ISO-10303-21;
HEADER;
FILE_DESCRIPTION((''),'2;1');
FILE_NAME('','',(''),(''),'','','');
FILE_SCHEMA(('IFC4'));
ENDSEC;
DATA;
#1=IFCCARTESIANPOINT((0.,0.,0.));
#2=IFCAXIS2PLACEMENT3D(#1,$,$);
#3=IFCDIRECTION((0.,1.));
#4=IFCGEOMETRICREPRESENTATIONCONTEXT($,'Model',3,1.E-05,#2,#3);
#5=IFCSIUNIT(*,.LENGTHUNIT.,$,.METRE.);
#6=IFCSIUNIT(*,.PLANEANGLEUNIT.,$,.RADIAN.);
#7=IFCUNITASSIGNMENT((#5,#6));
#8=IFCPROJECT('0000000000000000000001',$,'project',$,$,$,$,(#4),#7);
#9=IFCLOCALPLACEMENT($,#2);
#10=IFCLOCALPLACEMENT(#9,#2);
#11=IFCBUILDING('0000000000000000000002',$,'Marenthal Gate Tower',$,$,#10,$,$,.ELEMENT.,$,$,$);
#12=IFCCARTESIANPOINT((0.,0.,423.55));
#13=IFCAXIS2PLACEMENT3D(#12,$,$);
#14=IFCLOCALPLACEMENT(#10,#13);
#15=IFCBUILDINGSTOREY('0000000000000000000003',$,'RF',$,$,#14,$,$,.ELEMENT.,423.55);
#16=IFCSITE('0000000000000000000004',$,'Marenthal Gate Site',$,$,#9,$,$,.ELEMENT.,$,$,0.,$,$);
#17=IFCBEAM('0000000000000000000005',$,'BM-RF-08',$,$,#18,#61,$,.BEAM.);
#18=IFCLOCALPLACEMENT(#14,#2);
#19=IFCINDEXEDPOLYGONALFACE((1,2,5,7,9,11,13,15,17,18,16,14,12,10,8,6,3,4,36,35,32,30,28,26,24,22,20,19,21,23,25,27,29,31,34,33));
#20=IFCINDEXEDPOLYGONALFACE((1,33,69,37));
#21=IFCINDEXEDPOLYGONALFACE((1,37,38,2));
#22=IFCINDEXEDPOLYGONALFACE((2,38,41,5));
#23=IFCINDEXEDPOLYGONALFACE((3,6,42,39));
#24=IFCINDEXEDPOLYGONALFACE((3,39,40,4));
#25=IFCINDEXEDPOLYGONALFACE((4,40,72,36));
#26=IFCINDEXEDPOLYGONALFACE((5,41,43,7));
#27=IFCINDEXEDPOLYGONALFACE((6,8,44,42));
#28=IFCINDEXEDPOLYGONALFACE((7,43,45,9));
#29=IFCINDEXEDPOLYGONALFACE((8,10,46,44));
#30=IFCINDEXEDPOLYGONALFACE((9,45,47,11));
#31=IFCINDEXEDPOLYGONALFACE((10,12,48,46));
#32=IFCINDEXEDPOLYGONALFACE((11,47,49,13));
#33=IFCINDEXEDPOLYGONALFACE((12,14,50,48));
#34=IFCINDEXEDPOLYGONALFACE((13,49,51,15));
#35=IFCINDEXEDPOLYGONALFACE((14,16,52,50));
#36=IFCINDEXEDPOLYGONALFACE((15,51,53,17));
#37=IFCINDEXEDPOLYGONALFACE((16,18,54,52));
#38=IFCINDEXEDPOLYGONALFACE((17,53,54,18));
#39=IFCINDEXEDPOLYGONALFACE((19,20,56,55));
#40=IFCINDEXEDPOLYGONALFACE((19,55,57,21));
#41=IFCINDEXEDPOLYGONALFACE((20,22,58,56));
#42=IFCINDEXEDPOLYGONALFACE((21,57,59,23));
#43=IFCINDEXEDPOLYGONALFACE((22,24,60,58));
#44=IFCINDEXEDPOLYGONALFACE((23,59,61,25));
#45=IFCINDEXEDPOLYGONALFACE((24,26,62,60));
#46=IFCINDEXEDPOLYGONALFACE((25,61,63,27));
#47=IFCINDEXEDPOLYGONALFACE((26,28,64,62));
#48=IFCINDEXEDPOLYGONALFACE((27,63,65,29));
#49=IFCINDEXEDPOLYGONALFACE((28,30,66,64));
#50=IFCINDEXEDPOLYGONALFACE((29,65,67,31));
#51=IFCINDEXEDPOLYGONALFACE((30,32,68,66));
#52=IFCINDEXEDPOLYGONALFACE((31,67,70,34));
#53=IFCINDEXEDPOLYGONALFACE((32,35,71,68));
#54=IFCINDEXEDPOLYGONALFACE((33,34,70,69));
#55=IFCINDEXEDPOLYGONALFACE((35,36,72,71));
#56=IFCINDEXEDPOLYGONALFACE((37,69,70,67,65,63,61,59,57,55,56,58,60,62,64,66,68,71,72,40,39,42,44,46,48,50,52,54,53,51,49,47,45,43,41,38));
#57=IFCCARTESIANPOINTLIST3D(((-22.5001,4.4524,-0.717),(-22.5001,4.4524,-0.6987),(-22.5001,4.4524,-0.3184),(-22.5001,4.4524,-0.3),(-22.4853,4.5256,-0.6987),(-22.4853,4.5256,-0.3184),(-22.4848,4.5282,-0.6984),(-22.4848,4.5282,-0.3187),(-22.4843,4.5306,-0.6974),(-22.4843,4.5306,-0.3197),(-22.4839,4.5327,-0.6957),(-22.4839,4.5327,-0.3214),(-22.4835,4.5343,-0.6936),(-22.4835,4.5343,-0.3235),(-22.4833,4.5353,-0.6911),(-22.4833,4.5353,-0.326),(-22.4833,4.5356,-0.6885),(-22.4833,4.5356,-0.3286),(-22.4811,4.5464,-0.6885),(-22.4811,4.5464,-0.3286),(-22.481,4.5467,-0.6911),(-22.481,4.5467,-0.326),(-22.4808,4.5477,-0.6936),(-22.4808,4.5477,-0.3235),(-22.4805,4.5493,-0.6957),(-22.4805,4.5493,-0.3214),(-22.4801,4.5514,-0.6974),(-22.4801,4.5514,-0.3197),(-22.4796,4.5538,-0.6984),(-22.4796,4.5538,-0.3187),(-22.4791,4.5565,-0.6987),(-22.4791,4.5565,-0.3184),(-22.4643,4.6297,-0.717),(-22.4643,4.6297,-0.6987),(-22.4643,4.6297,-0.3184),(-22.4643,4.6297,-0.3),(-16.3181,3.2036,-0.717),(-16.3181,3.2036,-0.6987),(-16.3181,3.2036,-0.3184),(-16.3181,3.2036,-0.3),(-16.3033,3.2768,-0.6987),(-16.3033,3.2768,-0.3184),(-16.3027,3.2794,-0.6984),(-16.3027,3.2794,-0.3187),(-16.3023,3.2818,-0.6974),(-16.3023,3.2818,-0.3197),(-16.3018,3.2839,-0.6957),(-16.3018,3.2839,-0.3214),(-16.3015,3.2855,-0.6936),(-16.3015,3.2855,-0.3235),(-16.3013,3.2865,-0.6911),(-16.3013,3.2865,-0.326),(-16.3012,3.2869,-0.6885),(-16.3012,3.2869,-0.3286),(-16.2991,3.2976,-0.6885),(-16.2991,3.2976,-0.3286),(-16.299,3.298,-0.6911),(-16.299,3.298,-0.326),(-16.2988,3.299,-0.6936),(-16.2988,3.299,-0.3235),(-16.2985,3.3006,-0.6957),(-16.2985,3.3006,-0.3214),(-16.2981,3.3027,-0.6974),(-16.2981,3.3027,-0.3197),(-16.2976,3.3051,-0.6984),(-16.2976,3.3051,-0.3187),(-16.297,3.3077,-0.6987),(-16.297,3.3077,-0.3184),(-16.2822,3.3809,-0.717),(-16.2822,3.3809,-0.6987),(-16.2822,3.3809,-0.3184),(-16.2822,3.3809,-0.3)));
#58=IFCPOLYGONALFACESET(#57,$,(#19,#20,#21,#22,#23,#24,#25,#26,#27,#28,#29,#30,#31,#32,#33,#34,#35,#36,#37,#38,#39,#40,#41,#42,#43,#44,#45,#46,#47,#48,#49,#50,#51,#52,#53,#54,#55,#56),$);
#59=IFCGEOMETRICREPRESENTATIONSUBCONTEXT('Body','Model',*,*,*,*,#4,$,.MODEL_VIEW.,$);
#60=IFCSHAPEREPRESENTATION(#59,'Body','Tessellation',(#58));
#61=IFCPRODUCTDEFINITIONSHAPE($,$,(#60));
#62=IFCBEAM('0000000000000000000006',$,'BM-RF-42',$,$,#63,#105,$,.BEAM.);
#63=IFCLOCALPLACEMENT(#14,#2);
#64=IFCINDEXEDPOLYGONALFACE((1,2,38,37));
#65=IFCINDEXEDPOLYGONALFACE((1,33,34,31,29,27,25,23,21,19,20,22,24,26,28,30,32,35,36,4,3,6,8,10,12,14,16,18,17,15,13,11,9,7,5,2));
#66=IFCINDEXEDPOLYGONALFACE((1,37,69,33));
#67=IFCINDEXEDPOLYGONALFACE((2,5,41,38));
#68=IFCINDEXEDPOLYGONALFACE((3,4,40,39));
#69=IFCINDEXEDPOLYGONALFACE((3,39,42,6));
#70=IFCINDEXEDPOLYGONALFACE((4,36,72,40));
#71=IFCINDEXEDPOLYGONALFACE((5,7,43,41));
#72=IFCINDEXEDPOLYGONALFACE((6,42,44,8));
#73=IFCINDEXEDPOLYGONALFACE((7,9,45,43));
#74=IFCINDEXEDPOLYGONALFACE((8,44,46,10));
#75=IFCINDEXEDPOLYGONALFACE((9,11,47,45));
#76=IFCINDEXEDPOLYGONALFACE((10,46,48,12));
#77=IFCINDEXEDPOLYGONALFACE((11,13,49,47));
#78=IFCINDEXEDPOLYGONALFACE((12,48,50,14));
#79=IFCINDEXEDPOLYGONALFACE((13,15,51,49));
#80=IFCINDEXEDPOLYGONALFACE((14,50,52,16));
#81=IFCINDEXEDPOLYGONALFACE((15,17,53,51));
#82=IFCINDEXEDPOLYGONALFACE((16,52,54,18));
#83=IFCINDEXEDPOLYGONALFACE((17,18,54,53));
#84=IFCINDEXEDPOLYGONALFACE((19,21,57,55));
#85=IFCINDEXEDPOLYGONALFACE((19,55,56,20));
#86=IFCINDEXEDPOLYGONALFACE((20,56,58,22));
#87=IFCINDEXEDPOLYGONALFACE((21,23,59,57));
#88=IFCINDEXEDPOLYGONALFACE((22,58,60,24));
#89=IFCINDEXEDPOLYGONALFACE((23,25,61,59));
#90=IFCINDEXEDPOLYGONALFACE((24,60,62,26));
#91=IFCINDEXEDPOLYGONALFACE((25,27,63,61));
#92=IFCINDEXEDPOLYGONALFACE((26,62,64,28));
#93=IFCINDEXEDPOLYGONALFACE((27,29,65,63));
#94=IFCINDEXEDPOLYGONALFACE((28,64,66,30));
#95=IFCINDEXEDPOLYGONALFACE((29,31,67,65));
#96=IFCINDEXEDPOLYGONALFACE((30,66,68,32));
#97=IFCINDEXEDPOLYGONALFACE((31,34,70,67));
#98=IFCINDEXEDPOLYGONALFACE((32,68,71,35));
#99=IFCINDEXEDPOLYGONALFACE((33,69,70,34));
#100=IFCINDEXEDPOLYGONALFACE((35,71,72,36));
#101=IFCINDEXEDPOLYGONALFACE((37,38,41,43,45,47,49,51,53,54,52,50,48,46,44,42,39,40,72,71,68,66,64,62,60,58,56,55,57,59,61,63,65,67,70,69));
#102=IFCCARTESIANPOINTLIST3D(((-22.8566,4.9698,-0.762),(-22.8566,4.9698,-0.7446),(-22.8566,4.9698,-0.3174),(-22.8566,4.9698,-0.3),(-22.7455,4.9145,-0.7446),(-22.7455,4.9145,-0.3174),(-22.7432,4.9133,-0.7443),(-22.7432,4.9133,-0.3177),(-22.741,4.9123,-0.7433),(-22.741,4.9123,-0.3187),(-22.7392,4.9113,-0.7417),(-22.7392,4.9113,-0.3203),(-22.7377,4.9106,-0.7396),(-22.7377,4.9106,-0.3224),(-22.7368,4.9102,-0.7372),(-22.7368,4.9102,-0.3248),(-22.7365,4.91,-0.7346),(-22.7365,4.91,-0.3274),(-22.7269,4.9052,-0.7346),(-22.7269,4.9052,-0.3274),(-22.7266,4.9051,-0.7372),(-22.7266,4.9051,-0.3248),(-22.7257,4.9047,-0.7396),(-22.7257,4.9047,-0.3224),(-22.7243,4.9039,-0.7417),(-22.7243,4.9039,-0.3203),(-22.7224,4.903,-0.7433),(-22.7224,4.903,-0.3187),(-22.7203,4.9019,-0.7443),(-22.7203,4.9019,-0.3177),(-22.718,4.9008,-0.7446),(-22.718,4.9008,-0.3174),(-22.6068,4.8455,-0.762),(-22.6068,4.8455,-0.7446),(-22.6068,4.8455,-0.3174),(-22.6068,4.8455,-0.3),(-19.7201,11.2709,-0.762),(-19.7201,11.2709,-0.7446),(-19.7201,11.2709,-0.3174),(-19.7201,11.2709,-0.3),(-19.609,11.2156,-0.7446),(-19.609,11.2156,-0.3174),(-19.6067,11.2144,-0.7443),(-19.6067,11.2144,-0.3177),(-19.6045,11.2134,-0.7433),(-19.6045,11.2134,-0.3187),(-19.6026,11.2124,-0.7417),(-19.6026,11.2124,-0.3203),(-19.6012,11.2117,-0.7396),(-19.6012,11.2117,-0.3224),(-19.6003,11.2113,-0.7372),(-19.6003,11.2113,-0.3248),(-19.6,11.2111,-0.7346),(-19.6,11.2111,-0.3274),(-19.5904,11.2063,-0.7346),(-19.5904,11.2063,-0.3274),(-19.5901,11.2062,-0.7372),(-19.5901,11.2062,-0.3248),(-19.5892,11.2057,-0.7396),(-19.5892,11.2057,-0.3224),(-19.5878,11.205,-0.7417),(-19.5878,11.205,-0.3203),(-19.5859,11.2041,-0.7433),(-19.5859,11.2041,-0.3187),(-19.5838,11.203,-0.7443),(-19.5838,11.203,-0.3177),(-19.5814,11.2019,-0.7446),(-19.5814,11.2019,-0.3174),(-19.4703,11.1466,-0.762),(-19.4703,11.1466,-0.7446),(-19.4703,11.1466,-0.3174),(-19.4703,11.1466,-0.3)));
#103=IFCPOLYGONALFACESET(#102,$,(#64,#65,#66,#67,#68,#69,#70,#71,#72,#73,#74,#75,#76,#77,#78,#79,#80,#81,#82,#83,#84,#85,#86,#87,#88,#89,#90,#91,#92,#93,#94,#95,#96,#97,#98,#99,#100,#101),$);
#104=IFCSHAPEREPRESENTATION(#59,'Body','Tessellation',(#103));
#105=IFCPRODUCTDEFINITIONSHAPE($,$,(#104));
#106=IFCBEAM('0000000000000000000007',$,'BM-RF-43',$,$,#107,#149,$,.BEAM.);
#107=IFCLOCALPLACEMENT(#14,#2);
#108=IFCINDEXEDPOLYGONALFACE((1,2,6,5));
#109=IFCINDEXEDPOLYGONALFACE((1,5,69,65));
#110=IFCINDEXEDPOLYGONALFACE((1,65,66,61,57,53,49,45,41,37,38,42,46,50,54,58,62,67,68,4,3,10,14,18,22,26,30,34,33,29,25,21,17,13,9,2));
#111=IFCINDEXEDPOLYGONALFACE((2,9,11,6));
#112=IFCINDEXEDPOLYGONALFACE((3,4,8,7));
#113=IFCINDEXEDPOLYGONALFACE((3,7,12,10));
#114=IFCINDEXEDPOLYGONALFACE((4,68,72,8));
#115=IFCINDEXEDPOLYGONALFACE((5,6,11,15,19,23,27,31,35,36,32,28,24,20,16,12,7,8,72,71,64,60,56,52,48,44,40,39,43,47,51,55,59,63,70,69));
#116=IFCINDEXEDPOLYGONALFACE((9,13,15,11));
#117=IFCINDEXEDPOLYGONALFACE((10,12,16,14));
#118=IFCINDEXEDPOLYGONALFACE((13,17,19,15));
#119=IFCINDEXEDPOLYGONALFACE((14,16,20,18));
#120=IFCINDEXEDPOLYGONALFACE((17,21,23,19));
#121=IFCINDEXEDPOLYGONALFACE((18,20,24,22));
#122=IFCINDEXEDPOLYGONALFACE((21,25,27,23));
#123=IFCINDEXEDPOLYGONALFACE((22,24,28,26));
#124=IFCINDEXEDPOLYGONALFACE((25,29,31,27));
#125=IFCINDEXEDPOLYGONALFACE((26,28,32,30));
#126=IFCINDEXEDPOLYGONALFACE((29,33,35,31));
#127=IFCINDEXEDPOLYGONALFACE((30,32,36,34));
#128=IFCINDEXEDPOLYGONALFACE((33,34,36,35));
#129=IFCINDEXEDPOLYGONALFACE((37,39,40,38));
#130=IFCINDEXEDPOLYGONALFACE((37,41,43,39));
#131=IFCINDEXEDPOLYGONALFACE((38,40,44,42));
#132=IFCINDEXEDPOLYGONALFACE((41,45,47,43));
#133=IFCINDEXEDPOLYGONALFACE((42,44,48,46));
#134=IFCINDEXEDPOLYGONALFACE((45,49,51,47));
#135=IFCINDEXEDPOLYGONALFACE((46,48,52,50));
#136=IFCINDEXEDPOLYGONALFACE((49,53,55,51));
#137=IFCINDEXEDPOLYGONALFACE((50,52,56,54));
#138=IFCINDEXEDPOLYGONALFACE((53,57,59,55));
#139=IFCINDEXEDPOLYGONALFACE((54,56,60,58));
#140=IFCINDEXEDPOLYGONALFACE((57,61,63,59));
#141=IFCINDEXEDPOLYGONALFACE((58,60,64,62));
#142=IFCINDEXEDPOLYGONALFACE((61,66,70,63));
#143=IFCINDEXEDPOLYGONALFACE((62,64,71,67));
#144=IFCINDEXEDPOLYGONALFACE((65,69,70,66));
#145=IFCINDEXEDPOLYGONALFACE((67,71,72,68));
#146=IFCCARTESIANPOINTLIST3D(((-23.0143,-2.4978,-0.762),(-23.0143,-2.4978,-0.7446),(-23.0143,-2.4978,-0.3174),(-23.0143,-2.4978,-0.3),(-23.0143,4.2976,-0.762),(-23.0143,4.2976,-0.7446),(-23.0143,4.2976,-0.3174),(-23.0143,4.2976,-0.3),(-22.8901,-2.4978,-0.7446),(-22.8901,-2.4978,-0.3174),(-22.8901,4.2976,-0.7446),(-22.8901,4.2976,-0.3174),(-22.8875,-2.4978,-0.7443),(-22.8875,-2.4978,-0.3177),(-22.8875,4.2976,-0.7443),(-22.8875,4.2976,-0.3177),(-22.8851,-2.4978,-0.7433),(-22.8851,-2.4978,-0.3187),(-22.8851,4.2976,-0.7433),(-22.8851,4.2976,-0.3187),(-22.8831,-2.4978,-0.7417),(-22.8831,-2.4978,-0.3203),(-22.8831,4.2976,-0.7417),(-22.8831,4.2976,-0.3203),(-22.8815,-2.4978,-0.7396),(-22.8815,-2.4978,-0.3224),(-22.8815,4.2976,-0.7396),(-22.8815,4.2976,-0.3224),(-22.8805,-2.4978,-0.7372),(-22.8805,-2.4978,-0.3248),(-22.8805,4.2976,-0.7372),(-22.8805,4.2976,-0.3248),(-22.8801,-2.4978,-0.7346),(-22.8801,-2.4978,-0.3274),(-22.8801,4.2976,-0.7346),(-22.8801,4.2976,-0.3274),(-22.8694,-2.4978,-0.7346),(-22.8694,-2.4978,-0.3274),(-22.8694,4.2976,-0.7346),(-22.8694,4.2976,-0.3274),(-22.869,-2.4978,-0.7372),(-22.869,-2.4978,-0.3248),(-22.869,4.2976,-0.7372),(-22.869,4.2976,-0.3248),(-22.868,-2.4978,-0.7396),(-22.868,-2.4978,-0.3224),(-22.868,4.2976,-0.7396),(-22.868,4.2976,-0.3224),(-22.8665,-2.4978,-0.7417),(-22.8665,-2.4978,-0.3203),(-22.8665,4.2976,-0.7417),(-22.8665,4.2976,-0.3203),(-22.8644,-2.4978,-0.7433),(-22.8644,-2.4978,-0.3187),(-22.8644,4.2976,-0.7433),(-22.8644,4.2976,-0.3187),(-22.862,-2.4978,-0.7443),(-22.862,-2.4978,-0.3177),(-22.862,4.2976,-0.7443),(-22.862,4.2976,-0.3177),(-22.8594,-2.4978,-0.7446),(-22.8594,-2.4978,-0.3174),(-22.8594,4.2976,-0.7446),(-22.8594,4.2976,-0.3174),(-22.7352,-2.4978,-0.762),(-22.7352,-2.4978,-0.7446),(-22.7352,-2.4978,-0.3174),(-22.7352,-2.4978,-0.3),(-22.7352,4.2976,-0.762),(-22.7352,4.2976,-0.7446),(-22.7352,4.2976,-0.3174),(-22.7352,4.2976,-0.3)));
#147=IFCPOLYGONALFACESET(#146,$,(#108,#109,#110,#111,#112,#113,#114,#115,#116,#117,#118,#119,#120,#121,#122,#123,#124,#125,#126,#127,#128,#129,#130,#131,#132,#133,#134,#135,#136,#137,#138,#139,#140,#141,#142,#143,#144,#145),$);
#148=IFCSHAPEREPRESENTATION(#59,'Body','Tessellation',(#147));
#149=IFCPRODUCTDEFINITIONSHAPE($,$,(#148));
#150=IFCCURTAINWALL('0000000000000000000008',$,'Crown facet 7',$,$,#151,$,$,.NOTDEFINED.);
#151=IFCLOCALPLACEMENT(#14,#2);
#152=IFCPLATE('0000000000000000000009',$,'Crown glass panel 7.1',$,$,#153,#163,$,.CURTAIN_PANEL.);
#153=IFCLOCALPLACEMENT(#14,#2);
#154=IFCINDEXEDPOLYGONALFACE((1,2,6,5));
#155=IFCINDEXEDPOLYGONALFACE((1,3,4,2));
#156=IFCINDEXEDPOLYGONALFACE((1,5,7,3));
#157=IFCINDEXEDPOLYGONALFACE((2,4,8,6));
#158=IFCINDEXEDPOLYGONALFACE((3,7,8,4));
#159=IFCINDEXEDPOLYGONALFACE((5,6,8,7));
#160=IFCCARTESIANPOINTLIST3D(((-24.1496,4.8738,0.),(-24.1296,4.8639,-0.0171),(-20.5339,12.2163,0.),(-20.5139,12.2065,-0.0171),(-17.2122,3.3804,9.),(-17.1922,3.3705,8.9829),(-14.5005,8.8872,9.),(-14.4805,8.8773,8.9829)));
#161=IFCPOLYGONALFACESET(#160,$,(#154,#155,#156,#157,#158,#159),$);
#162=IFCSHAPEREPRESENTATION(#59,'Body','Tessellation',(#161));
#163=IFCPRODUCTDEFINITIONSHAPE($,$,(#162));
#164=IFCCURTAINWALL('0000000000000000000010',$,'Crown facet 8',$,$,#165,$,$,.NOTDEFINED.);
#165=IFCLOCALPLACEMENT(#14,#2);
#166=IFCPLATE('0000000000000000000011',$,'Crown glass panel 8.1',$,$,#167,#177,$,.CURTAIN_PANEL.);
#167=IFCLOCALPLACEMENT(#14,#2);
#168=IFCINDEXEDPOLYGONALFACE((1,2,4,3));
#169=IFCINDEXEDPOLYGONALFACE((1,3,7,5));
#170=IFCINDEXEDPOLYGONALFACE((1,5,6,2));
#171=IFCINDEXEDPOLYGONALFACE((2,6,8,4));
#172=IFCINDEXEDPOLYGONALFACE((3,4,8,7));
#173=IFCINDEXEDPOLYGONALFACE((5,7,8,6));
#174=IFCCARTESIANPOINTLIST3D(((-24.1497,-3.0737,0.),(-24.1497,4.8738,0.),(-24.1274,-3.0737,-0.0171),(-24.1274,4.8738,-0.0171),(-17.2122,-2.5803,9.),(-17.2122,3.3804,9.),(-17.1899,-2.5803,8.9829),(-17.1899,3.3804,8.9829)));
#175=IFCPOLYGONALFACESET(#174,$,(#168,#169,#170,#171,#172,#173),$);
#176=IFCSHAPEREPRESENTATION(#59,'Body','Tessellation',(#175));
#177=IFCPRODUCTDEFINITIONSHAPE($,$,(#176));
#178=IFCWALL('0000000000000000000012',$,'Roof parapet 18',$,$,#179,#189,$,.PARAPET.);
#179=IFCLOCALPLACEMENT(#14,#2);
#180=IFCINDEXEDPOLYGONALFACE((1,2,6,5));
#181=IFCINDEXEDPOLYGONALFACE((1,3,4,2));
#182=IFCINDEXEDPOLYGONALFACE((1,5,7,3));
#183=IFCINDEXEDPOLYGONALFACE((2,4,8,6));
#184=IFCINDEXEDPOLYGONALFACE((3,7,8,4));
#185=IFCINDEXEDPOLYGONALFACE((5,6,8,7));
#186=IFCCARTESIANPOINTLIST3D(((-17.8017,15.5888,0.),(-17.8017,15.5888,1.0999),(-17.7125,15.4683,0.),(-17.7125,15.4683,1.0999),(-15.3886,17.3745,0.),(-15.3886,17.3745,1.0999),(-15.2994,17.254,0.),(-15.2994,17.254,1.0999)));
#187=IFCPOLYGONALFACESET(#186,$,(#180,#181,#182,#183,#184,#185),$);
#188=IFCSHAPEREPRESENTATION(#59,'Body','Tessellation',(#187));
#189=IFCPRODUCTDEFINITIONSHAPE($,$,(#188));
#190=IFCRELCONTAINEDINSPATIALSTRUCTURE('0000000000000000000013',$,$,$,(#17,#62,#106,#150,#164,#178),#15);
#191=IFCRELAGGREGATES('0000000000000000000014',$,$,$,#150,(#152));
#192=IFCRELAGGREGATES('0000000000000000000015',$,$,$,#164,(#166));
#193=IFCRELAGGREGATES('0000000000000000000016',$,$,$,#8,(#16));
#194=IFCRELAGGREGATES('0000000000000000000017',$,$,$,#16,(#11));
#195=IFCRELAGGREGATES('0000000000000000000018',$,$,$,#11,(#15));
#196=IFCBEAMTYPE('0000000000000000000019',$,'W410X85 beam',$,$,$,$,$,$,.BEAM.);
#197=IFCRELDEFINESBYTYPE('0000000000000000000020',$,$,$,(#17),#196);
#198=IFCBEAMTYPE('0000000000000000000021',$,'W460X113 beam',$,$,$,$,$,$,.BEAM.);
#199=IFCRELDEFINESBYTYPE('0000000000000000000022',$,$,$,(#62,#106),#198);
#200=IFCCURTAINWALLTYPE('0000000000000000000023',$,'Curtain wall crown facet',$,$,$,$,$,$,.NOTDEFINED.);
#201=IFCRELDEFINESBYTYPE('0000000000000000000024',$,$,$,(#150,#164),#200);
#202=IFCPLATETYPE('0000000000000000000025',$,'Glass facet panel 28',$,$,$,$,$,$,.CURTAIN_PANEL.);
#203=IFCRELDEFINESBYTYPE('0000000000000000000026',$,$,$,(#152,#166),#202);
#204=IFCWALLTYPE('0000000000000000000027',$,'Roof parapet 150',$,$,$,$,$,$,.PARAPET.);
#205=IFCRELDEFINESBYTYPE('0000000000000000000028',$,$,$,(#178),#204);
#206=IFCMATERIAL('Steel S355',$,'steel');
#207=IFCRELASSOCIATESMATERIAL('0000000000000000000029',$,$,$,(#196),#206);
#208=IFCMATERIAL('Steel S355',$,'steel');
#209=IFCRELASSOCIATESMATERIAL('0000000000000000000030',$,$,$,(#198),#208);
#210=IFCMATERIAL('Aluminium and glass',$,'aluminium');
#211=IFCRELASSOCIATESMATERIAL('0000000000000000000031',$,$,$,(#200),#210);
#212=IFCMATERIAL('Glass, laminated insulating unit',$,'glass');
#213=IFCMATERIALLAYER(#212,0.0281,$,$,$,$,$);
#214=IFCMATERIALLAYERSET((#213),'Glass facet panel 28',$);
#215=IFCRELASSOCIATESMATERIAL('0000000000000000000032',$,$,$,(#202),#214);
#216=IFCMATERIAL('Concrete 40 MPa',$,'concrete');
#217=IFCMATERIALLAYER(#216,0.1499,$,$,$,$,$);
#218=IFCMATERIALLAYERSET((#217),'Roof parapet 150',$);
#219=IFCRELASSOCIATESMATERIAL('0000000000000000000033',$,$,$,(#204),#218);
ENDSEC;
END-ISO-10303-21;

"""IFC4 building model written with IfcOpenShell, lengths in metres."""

from ifc_helpers import new_model, si_unit, direction, frame, frame_2d, origin, origin_2d, place, context, subcontext, project, spatial, polyline, rectangle, i_section, outline, extrude, material, layer, layer_set, material_profile, profile_set, type_object, element, aggregate, save


model = new_model("IFC4")

# Units and contexts
model_context = context("Model", 3, precision=1e-05, world=origin(), true_north=direction((0.0, 1.0)))
body_context = subcontext(model_context, "Body", "Model", "MODEL_VIEW")
ifc_project = project(units=[si_unit("LENGTHUNIT", "METRE"), si_unit("PLANEANGLEUNIT", "RADIAN")], contexts=[model_context])

# Site, building, storey
site_placement = place(None, origin())
site = spatial("IfcSite", under=ifc_project, at=site_placement, Name="Marenthal Gate Site", CompositionType="ELEMENT", RefElevation=0.0)
building_placement = place(site_placement, origin())
building = spatial("IfcBuilding", under=site, at=building_placement, Name="Marenthal Gate Tower", CompositionType="ELEMENT")
storey_placement = place(building_placement, frame((0.0, 0.0, 423.55)))
storey = spatial("IfcBuildingStorey", under=building, at=storey_placement, Name="RF", CompositionType="ELEMENT", Elevation=423.55)

# Beams
ifc_material_1 = material(Name="Steel S355", Category="steel")
ifc_material_profile_1 = material_profile(ifc_material_1, i_section(OverallWidth=0.1809, OverallDepth=0.417, WebThickness=0.011, FlangeThickness=0.0183, FilletRadius=0.0103, at=origin_2d()), Name="W410X85")
ifc_profile_set_1 = profile_set([ifc_material_profile_1], Name="Steel S355")
beam_type_1 = type_object("IfcBeamType", Name="W410X85 beam", PredefinedType="BEAM", material=ifc_profile_set_1)
beam_1_placement = place(storey_placement, frame((-22.4822, 4.541, -0.5085), z_axis=(0.980202, -0.197999, 0.0), x_axis=(0.197999, 0.980202, 0.0)))
element("IfcBeam", 1, at=beam_1_placement, inside=storey, type_object=beam_type_1, Name="BM-RF-08", PredefinedType="BEAM", context=body_context, shape_type="SweptSolid", body=[
    extrude(i_section(OverallWidth=0.1809, OverallDepth=0.417, WebThickness=0.011, FlangeThickness=0.0183, FilletRadius=0.0103, at=origin_2d()), origin(), (0.0, 0.0, 1.0), 6.3069),
])
ifc_material_2 = material(Name="Steel S355", Category="steel")
ifc_material_profile_2 = material_profile(ifc_material_2, i_section(OverallWidth=0.2791, OverallDepth=0.4619, WebThickness=0.0107, FlangeThickness=0.0173, FilletRadius=0.01, at=origin_2d()), Name="W460X113")
ifc_profile_set_2 = profile_set([ifc_material_profile_2], Name="Steel S355")
beam_type_2 = type_object("IfcBeamType", Name="W460X113 beam", PredefinedType="BEAM", material=ifc_profile_set_2)
beam_2_placement = place(storey_placement, frame((-19.5952, 11.2087, -0.531), z_axis=(-0.445617, -0.895224, 0.0), x_axis=(0.895224, -0.445617, 0.0)))
element("IfcBeam", 2, at=beam_2_placement, inside=storey, type_object=beam_type_2, Name="BM-RF-42", PredefinedType="BEAM", context=body_context, shape_type="SweptSolid", body=[
    extrude(i_section(OverallWidth=0.2791, OverallDepth=0.4619, WebThickness=0.0107, FlangeThickness=0.0173, FilletRadius=0.01, at=origin_2d()), origin(), (0.0, 0.0, 1.0), 7.0386),
])
beam_3_placement = place(storey_placement, frame((-22.8748, 4.2976, -0.531), z_axis=(0.0, -1.0, 0.0), x_axis=(1.0, 0.0, 0.0)))
element("IfcBeam", 3, at=beam_3_placement, inside=storey, type_object=beam_type_2, Name="BM-RF-43", PredefinedType="BEAM", context=body_context, shape_type="SweptSolid", body=[
    extrude(i_section(OverallWidth=0.2791, OverallDepth=0.4619, WebThickness=0.0107, FlangeThickness=0.0173, FilletRadius=0.01, at=origin_2d()), origin(), (0.0, 0.0, 1.0), 6.7954),
])

# Curtain walls, plates
ifc_material_3 = material(Name="Aluminium and glass", Category="aluminium")
curtain_wall_type = type_object("IfcCurtainWallType", Name="Curtain wall crown facet", PredefinedType="NOTDEFINED", material=ifc_material_3)
curtain_wall_1_placement = place(storey_placement, origin())
curtain_wall_1 = element("IfcCurtainWall", 4, at=curtain_wall_1_placement, inside=storey, type_object=curtain_wall_type, Name="Crown facet 7", PredefinedType="NOTDEFINED")
ifc_material_4 = material(Name="Glass, laminated insulating unit", Category="glass")
ifc_layer_1 = layer(ifc_material_4, 0.0281)
ifc_layer_set_1 = layer_set([ifc_layer_1], Name="Glass facet panel 28")
plate_type = type_object("IfcPlateType", Name="Glass facet panel 28", PredefinedType="CURTAIN_PANEL", material=ifc_layer_set_1)
plate_1_placement = place(storey_placement, frame((-20.5339, 12.2163, 0.0), z_axis=(-0.712596, 0.350902, 0.607515), x_axis=(-0.441773, -0.897127, -0.000003)))
plate_1 = element("IfcPlate", 5, at=plate_1_placement, type_object=plate_type, Name="Crown glass panel 7.1", PredefinedType="CURTAIN_PANEL", context=body_context, shape_type="SweptSolid", body=[
    extrude(outline(polyline([(0.0, 0.0), (8.1845, 0.0), (6.4595, 11.3306), (0.3212, 11.3306), (0.0, 0.0)])), origin(), (0.0, 0.0, -1.0), 0.0281),
])
aggregate(curtain_wall_1, [plate_1])
curtain_wall_2_placement = place(storey_placement, origin())
curtain_wall_2 = element("IfcCurtainWall", 6, at=curtain_wall_2_placement, inside=storey, type_object=curtain_wall_type, Name="Crown facet 8", PredefinedType="NOTDEFINED")
plate_2_placement = place(storey_placement, frame((-24.1497, 4.8738, 0.0), z_axis=(-0.79201, 0.0, 0.610508), x_axis=(0.0, -1.0, 0.0)))
plate_2 = element("IfcPlate", 7, at=plate_2_placement, type_object=plate_type, Name="Crown glass panel 8.1", PredefinedType="CURTAIN_PANEL", context=body_context, shape_type="SweptSolid", body=[
    extrude(outline(polyline([(0.0, 0.0), (7.9475, 0.0), (7.4541, 11.3635), (1.4934, 11.3635), (0.0, 0.0)])), origin(), (0.0, 0.0, -1.0), 0.0281),
])
aggregate(curtain_wall_2, [plate_2])

# Wall
ifc_material_5 = material(Name="Concrete 40 MPa", Category="concrete")
ifc_layer_2 = layer(ifc_material_5, 0.1499)
ifc_layer_set_2 = layer_set([ifc_layer_2], Name="Roof parapet 150")
wall_type = type_object("IfcWallType", Name="Roof parapet 150", PredefinedType="PARAPET", material=ifc_layer_set_2)
wall_1_placement = place(storey_placement, frame((-15.344, 17.3142, 0.0), z_axis=(0.0, 0.0, 1.0), x_axis=(-0.803848, -0.594835, 0.0)))
element("IfcWall", 8, at=wall_1_placement, inside=storey, type_object=wall_type, Name="Roof parapet 18", PredefinedType="PARAPET", context=body_context, shape_type="SweptSolid", body=[
    extrude(rectangle(XDim=3.002, YDim=0.1499, at=frame_2d((1.501, 0.0))), origin(), (0.0, 0.0, 1.0), 1.0999),
])

save(model, "model.ifc")
